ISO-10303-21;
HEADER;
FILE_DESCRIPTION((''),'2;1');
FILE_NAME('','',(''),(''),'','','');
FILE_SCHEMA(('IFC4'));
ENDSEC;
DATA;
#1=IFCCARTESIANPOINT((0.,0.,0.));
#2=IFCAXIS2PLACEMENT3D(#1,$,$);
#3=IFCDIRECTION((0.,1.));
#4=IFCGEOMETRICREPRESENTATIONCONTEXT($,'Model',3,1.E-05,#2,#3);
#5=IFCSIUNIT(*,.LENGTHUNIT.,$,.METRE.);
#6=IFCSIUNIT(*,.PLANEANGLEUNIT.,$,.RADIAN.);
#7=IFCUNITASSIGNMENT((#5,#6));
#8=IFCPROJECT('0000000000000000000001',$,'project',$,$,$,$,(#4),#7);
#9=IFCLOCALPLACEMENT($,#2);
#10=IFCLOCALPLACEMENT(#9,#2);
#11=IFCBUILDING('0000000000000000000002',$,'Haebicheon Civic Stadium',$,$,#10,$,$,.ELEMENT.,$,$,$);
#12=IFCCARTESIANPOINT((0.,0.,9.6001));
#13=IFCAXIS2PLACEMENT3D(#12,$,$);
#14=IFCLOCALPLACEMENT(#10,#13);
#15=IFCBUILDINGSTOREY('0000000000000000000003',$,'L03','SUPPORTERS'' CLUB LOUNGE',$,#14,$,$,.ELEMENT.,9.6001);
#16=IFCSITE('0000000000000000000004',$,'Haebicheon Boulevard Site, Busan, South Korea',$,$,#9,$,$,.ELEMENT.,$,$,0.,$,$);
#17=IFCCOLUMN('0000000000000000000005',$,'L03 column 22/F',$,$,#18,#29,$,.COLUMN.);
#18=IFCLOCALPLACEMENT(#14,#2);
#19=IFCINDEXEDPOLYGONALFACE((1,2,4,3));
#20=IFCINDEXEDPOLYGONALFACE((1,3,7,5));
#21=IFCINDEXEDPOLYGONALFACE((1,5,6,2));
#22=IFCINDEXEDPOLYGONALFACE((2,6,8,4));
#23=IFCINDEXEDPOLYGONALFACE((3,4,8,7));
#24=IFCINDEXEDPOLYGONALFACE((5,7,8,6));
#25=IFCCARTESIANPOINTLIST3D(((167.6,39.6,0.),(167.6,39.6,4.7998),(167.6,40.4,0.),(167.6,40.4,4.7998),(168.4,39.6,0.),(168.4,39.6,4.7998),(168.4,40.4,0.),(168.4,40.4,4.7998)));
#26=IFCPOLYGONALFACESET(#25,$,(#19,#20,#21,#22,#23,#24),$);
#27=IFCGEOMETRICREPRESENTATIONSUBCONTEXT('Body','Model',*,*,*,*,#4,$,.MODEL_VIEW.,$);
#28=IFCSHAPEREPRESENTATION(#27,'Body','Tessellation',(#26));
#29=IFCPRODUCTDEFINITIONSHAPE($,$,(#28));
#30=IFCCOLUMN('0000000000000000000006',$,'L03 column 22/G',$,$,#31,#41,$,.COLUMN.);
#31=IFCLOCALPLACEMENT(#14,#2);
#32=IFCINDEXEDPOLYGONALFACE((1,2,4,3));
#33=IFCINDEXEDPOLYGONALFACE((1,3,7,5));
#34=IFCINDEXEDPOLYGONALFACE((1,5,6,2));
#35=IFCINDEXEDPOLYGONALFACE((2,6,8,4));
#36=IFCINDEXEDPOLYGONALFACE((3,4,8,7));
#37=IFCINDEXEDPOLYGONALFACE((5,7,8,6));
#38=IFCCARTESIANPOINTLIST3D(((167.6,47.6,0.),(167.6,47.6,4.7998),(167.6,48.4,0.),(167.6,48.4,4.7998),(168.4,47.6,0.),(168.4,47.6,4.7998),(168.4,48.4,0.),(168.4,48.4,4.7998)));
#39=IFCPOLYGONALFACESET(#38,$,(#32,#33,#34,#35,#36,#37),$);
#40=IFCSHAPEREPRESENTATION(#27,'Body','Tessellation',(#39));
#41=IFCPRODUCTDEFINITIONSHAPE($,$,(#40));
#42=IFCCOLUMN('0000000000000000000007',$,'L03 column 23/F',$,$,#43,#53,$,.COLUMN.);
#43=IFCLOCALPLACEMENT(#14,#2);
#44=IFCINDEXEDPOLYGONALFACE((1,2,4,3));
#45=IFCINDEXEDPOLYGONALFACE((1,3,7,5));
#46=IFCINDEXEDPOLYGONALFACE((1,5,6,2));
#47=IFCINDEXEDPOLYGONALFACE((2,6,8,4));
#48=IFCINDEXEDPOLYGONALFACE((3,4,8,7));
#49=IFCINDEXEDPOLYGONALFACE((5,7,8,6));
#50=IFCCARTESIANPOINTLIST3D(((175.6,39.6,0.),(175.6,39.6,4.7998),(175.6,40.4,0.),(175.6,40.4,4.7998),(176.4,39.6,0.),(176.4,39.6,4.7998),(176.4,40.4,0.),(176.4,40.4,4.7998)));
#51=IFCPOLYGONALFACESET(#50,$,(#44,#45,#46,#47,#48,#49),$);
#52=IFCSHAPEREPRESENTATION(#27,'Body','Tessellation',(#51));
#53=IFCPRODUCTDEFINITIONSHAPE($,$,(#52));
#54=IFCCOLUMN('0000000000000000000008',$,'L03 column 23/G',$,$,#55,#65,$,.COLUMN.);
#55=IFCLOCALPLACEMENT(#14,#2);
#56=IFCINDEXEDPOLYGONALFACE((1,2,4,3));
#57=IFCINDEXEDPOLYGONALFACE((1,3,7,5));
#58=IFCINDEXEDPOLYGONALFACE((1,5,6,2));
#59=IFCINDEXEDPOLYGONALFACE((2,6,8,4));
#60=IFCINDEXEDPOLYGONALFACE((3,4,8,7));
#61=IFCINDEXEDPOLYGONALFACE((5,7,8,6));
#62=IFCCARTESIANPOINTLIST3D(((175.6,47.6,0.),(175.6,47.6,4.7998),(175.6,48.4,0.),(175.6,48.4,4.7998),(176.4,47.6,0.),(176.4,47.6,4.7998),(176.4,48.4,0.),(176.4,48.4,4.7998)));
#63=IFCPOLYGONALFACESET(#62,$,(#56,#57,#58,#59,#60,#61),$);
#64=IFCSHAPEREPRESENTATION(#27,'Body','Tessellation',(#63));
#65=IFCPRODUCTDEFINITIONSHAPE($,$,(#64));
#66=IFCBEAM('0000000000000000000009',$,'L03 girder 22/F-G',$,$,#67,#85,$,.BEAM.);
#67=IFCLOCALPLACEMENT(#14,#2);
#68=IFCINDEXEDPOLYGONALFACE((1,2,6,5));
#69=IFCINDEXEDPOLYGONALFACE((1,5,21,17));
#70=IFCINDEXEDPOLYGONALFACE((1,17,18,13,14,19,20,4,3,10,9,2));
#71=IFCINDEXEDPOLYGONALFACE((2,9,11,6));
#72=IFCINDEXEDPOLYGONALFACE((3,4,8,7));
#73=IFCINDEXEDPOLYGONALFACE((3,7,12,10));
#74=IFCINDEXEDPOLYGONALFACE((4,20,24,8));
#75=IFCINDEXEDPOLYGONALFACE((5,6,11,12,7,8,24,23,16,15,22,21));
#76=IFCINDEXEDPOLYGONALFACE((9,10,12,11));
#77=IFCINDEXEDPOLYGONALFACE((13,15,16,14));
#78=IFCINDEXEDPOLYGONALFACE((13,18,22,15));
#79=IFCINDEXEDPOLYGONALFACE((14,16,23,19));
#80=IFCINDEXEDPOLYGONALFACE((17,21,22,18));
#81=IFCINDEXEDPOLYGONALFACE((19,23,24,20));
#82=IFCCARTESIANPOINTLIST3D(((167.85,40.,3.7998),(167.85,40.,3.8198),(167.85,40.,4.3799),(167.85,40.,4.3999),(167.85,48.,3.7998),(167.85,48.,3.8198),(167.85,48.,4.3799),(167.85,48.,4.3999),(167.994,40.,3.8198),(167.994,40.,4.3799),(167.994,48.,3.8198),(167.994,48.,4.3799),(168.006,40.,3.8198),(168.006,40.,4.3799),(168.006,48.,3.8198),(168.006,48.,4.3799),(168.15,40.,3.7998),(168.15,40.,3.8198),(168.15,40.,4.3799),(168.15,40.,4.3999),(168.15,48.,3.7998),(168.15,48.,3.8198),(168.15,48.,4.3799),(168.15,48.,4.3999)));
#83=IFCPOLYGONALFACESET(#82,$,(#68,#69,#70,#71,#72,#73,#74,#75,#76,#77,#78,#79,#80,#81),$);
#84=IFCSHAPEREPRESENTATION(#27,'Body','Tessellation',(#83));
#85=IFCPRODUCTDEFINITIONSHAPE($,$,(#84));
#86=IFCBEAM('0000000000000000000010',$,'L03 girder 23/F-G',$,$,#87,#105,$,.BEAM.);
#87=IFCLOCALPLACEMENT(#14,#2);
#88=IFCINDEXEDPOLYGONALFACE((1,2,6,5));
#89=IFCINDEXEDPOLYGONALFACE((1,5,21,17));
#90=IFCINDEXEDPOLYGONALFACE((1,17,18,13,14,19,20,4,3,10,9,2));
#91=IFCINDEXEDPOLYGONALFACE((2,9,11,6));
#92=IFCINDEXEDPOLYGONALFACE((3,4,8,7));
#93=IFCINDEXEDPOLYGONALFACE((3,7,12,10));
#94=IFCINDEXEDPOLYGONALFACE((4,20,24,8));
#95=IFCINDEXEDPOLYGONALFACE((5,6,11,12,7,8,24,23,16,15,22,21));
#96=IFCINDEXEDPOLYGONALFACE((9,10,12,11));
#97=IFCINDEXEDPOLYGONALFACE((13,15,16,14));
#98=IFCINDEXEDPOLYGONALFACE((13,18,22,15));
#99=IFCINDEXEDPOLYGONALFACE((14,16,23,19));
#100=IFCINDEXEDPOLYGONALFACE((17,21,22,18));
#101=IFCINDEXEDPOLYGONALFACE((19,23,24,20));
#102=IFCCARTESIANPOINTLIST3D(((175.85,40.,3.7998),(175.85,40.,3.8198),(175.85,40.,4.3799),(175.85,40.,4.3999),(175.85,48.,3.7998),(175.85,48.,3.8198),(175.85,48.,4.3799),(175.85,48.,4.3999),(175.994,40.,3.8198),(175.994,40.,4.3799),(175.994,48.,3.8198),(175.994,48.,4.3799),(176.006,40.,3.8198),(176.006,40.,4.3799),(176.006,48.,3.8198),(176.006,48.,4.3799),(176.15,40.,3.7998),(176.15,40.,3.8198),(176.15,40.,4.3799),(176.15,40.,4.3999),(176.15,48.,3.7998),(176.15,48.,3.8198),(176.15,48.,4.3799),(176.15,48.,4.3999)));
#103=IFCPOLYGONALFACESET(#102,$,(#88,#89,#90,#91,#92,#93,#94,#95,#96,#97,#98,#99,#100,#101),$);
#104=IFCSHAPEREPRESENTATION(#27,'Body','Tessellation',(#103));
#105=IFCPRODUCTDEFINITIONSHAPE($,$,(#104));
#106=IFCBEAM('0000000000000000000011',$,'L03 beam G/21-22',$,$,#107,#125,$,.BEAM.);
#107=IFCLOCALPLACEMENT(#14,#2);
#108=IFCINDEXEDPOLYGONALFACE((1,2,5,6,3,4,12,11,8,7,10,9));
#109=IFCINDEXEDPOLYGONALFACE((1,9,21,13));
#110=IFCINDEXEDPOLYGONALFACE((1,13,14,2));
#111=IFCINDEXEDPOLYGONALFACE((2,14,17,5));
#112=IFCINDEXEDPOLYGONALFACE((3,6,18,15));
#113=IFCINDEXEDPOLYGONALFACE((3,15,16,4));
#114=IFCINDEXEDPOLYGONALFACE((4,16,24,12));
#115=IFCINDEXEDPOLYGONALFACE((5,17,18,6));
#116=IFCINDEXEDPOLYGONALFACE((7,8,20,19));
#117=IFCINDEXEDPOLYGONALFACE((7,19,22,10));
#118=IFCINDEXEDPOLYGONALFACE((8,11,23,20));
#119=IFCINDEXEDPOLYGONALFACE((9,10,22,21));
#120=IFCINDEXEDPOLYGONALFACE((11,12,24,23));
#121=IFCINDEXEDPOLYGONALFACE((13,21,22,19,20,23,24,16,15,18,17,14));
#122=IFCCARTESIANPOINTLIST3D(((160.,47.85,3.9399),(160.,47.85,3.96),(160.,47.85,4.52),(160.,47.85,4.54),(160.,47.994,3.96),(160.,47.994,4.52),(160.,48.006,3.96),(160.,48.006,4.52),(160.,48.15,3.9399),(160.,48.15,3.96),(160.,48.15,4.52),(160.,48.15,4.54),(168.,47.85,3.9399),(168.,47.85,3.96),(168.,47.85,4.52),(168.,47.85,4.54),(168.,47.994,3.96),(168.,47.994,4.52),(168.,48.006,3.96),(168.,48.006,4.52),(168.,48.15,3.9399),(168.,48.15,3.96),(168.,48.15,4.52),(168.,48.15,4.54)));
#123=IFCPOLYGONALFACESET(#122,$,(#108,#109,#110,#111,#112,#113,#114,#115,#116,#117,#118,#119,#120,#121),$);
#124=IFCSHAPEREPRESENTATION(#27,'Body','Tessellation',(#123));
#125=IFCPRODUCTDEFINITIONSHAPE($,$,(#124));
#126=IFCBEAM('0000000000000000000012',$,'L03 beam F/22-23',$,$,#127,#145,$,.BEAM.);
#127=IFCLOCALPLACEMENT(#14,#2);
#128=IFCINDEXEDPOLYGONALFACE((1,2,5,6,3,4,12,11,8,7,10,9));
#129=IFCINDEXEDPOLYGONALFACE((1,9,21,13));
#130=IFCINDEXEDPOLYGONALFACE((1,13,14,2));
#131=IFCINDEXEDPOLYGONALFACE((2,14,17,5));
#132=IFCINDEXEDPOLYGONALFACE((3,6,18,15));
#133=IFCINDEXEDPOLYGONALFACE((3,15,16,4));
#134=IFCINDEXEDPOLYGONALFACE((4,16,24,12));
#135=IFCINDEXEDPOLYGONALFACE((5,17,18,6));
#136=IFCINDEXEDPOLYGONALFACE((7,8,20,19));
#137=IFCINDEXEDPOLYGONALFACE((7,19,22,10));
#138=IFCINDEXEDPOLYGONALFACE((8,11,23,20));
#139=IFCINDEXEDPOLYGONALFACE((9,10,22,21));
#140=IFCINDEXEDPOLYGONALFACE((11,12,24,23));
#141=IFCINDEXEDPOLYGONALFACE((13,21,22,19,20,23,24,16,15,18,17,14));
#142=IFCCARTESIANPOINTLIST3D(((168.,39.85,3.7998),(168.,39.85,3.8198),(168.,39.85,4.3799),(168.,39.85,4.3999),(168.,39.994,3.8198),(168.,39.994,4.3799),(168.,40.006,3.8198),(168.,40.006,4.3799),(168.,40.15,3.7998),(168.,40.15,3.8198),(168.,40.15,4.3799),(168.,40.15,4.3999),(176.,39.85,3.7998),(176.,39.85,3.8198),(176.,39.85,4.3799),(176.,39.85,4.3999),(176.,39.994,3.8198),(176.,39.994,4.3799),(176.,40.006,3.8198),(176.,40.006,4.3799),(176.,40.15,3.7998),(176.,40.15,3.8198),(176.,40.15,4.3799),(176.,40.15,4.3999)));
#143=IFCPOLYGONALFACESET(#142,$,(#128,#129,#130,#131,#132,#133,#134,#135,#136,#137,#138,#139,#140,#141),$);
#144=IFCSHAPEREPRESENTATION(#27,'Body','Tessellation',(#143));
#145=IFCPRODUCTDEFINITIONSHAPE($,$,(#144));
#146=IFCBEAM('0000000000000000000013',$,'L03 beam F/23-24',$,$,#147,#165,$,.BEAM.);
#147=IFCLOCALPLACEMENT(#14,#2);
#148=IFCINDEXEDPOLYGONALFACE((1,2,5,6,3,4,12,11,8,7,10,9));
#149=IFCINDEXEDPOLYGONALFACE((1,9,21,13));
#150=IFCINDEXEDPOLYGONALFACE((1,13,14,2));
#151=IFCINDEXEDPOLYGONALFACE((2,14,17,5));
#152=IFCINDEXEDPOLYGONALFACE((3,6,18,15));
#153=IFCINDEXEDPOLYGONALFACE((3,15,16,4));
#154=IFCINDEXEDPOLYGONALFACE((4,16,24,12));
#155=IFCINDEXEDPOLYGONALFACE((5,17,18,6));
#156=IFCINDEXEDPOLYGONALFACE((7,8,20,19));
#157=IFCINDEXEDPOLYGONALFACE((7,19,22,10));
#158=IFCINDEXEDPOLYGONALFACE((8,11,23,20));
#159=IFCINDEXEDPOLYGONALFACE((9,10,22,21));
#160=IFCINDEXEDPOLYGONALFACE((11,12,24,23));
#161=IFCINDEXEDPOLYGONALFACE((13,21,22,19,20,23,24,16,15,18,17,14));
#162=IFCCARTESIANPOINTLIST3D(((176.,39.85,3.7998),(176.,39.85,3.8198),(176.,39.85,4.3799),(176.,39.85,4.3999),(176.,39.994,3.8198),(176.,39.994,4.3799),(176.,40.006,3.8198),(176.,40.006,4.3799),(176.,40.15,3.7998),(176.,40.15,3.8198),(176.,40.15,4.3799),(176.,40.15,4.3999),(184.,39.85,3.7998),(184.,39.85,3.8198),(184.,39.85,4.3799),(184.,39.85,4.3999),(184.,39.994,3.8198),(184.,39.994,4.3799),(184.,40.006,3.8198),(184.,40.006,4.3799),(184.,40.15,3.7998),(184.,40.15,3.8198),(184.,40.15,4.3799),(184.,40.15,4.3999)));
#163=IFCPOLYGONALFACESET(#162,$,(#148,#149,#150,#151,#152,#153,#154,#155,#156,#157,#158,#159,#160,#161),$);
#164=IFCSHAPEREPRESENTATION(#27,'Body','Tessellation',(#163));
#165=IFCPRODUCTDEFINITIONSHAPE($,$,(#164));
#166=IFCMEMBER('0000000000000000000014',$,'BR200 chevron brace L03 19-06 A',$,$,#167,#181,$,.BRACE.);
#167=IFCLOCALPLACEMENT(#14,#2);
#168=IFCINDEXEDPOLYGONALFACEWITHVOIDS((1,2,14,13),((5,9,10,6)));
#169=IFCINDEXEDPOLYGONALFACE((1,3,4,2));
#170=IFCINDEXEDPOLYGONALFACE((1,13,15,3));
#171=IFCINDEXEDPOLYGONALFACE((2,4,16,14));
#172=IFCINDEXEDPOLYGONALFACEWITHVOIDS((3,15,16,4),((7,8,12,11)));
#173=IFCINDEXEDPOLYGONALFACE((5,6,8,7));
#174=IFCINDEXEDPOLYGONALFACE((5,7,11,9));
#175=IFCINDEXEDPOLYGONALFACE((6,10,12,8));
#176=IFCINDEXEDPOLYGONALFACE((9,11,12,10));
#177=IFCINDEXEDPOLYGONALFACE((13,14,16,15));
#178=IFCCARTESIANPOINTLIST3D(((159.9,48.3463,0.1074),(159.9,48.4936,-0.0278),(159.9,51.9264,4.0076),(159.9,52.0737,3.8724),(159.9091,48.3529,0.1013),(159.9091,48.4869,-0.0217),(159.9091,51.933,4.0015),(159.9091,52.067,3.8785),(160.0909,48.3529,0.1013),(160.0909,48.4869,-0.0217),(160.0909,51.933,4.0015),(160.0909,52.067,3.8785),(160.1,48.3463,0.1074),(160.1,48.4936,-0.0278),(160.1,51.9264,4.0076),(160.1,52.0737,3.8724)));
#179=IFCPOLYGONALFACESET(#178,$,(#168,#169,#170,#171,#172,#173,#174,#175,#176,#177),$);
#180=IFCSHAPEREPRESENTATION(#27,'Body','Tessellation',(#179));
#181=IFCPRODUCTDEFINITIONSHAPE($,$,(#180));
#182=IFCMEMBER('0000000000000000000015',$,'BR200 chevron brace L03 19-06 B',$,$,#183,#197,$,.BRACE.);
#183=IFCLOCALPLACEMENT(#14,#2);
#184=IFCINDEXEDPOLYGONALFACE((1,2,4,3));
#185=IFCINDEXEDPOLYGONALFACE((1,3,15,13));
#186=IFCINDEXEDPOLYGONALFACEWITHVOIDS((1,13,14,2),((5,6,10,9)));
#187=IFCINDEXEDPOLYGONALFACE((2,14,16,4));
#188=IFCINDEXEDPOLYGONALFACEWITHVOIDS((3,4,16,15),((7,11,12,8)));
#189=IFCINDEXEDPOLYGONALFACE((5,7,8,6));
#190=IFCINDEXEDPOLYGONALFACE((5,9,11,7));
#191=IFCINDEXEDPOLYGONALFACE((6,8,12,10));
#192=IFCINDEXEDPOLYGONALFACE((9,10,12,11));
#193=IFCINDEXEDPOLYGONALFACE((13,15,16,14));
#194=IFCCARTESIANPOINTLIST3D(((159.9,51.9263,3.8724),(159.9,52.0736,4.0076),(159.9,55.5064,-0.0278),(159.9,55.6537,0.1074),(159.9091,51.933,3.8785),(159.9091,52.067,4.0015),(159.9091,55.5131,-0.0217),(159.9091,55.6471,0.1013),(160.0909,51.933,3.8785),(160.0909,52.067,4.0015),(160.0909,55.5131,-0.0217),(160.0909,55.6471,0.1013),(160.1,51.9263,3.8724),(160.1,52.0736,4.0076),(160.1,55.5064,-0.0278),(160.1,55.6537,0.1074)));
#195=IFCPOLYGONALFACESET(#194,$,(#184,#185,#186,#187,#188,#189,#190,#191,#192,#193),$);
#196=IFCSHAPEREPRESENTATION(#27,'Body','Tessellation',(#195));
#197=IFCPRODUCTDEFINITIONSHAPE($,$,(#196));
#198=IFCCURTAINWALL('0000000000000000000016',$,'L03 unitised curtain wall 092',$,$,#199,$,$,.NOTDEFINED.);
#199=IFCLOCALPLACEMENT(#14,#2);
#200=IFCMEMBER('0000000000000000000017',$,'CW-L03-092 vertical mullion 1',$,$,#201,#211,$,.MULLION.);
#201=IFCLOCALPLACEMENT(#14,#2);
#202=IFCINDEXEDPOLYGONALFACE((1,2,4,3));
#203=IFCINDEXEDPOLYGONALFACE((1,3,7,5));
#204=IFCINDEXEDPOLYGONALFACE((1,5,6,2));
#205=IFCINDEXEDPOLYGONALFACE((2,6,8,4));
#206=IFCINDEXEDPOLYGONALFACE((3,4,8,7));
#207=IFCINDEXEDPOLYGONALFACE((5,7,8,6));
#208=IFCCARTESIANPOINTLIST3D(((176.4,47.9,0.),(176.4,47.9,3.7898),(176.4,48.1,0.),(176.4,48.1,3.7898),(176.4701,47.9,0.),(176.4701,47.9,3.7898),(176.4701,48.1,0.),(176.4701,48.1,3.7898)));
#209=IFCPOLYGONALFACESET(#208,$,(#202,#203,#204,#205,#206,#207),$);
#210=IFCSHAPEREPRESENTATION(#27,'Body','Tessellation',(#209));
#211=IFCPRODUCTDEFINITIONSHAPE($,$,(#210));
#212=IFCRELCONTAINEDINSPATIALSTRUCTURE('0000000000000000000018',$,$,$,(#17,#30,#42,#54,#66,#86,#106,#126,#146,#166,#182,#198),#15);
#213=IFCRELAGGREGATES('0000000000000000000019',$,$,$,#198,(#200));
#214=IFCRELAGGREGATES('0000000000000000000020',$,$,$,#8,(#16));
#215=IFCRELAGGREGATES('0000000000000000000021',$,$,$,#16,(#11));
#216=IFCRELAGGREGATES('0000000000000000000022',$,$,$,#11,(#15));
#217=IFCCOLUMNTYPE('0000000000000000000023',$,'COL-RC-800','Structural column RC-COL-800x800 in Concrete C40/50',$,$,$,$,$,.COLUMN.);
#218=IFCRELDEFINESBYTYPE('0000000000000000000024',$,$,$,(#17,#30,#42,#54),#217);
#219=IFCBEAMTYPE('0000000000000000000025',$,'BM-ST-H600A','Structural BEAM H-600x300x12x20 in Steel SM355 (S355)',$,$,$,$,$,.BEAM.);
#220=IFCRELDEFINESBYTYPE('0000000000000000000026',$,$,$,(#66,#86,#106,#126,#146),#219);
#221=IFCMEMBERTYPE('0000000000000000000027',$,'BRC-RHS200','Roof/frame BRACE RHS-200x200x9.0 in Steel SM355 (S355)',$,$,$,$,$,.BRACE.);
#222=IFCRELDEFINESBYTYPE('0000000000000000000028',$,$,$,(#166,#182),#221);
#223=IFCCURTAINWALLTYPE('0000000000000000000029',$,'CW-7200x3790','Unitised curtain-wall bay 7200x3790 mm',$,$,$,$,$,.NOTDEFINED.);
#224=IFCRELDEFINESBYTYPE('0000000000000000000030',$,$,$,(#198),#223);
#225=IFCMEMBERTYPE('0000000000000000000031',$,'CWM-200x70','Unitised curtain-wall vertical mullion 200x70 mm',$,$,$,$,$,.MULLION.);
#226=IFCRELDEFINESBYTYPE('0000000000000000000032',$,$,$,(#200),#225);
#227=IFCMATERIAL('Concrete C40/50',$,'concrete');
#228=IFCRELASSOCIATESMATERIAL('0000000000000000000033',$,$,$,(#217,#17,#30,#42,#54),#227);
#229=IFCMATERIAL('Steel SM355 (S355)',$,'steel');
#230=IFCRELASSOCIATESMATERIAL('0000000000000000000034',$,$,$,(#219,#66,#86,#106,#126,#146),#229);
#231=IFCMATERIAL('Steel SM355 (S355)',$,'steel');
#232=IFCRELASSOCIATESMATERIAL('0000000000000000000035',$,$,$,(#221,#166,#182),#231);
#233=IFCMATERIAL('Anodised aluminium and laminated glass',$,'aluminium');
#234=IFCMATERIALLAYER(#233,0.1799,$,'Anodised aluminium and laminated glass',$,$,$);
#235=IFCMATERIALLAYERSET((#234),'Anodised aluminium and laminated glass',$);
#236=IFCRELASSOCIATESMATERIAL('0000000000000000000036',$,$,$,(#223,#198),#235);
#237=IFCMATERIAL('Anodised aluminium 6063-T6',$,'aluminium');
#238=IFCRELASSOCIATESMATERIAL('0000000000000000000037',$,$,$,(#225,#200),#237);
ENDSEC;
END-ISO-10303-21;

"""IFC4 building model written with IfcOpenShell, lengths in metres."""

from ifc_helpers import new_model, si_unit, direction, frame, origin, origin_2d, place, context, subcontext, project, spatial, rectangle, hollow_rectangle, i_section, extrude, material, layer, layer_set, material_profile, profile_set, type_object, element, aggregate, save


model = new_model("IFC4")

# Units and contexts
model_context = context("Model", 3, precision=1e-05, world=origin(), true_north=direction((0.0, 1.0)))
body_context = subcontext(model_context, "Body", "Model", "MODEL_VIEW")
ifc_project = project(units=[si_unit("LENGTHUNIT", "METRE"), si_unit("PLANEANGLEUNIT", "RADIAN")], contexts=[model_context])

# Site, building, storey
site_placement = place(None, origin())
site = spatial("IfcSite", under=ifc_project, at=site_placement, Name="Haebicheon Boulevard Site, Busan, South Korea", CompositionType="ELEMENT", RefElevation=0.0)
building_placement = place(site_placement, origin())
building = spatial("IfcBuilding", under=site, at=building_placement, Name="Haebicheon Civic Stadium", CompositionType="ELEMENT")
storey_placement = place(building_placement, frame((0.0, 0.0, 9.6001)))
storey = spatial("IfcBuildingStorey", under=building, at=storey_placement, Name="L03", Description="SUPPORTERS' CLUB LOUNGE", CompositionType="ELEMENT", Elevation=9.6001)

# Columns
ifc_material_1 = material(Name="Concrete C40/50", Category="concrete")
ifc_material_profile_1 = material_profile(ifc_material_1, rectangle(XDim=0.8, YDim=0.8, at=origin_2d()), Name="RC-COL-800x800")
ifc_profile_set_1 = profile_set([ifc_material_profile_1], Name="Concrete C40/50")
column_type = type_object("IfcColumnType", Name="COL-RC-800", Description="Structural column RC-COL-800x800 in Concrete C40/50", PredefinedType="COLUMN", material=ifc_profile_set_1)
for number, where, z_axis, x_axis, name in (
    (1, (168.0, 40.0, 0.0), (0.0, 0.0, 1.0), (1.0, 0.0, 0.0), "L03 column 22/F"),
    (2, (168.0, 48.0, 0.0), (0.0, 0.0, 1.0), (1.0, 0.0, 0.0), "L03 column 22/G"),
    (3, (176.0, 40.0, 0.0), (0.0, 0.0, 1.0), (1.0, 0.0, 0.0), "L03 column 23/F"),
    (4, (176.0, 48.0, 0.0), (0.0, 0.0, 1.0), (1.0, 0.0, 0.0), "L03 column 23/G"),
):
    element("IfcColumn", number, at=place(storey_placement, frame(where, z_axis=z_axis, x_axis=x_axis)), inside=storey, type_object=column_type, material=ifc_profile_set_1, Name=name, PredefinedType="COLUMN", context=body_context, shape_type="SweptSolid", body=[
        extrude(rectangle(XDim=0.8, YDim=0.8, at=origin_2d()), origin(), (0.0, 0.0, 1.0), 4.7998),
    ])

# Beams
ifc_material_2 = material(Name="Steel SM355 (S355)", Category="steel")
ifc_material_profile_2 = material_profile(ifc_material_2, i_section(OverallWidth=0.3, OverallDepth=0.6001, WebThickness=0.012, FlangeThickness=0.02, at=origin_2d()), Name="H-600x300x12x20")
ifc_profile_set_2 = profile_set([ifc_material_profile_2], Name="Steel SM355 (S355)")
beam_type_1 = type_object("IfcBeamType", Name="BM-ST-H600A", Description="Structural BEAM H-600x300x12x20 in Steel SM355 (S355)", PredefinedType="BEAM", material=ifc_profile_set_2)
for number, where, z_axis, x_axis, name in (
    (5, (168.0, 40.0, 4.0999), (0.0, 1.0, 0.0), (-1.0, 0.0, 0.0), "L03 girder 22/F-G"),
    (6, (176.0, 40.0, 4.0999), (0.0, 1.0, 0.0), (-1.0, 0.0, 0.0), "L03 girder 23/F-G"),
    (7, (160.0, 48.0, 4.24), (1.0, 0.0, 0.0), (0.0, 1.0, 0.0), "L03 beam G/21-22"),
    (8, (168.0, 40.0, 4.0999), (1.0, 0.0, 0.0), (0.0, 1.0, 0.0), "L03 beam F/22-23"),
    (9, (176.0, 40.0, 4.0999), (1.0, 0.0, 0.0), (0.0, 1.0, 0.0), "L03 beam F/23-24"),
):
    element("IfcBeam", number, at=place(storey_placement, frame(where, z_axis=z_axis, x_axis=x_axis)), inside=storey, type_object=beam_type_1, material=ifc_profile_set_2, Name=name, PredefinedType="BEAM", context=body_context, shape_type="SweptSolid", body=[
        extrude(i_section(OverallWidth=0.3, OverallDepth=0.6001, WebThickness=0.012, FlangeThickness=0.02, at=origin_2d()), origin(), (0.0, 0.0, 1.0), 8.0),
    ])

# Members
ifc_material_3 = material(Name="Steel SM355 (S355)", Category="steel")
ifc_material_profile_3 = material_profile(ifc_material_3, hollow_rectangle(XDim=0.2, YDim=0.2, WallThickness=0.009, at=origin_2d()), Name="RHS-200x200x9.0")
ifc_profile_set_3 = profile_set([ifc_material_profile_3], Name="Steel SM355 (S355)")
member_type_1 = type_object("IfcMemberType", Name="BRC-RHS200", Description="Roof/frame BRACE RHS-200x200x9.0 in Steel SM355 (S355)", PredefinedType="BRACE", material=ifc_profile_set_3)
for number, where, z_axis, x_axis, name in (
    (10, (160.0, 48.4199, 0.0398), (0.0, 0.676232, 0.736689), (-1.0, 0.0, 0.0), "BR200 chevron brace L03 19-06 A"),
    (11, (160.0, 55.5801, 0.0398), (0.0, -0.676232, 0.736689), (1.0, 0.0, 0.0), "BR200 chevron brace L03 19-06 B"),
):
    element("IfcMember", number, at=place(storey_placement, frame(where, z_axis=z_axis, x_axis=x_axis)), inside=storey, type_object=member_type_1, material=ifc_profile_set_3, Name=name, PredefinedType="BRACE", context=body_context, shape_type="SweptSolid", body=[
        extrude(hollow_rectangle(XDim=0.2, YDim=0.2, WallThickness=0.009, at=origin_2d()), origin(), (0.0, 0.0, 1.0), 5.2942),
    ])

# Curtain wall, member
ifc_material_4 = material(Name="Anodised aluminium and laminated glass", Category="aluminium")
ifc_layer_1 = layer(ifc_material_4, 0.1799, Name="Anodised aluminium and laminated glass")
ifc_layer_set_1 = layer_set([ifc_layer_1], Name="Anodised aluminium and laminated glass")
curtain_wall_type = type_object("IfcCurtainWallType", Name="CW-7200x3790", Description="Unitised curtain-wall bay 7200x3790 mm", PredefinedType="NOTDEFINED", material=ifc_layer_set_1)
curtain_wall_placement = place(storey_placement, origin())
curtain_wall = element("IfcCurtainWall", 12, at=curtain_wall_placement, inside=storey, type_object=curtain_wall_type, material=ifc_layer_set_1, Name="L03 unitised curtain wall 092", PredefinedType="NOTDEFINED")
ifc_material_5 = material(Name="Anodised aluminium 6063-T6", Category="aluminium")
ifc_material_profile_4 = material_profile(ifc_material_5, rectangle(XDim=0.0701, YDim=0.2, at=origin_2d()), Name="ALU-MULL-70x200")
ifc_profile_set_4 = profile_set([ifc_material_profile_4], Name="Anodised aluminium 6063-T6")
member_type_2 = type_object("IfcMemberType", Name="CWM-200x70", Description="Unitised curtain-wall vertical mullion 200x70 mm", PredefinedType="MULLION", material=ifc_profile_set_4)
member_1_placement = place(storey_placement, frame((176.4351, 48.0, 0.0), z_axis=(0.0, 0.0, 1.0), x_axis=(1.0, 0.0, 0.0)))
member_1 = element("IfcMember", 13, at=member_1_placement, type_object=member_type_2, material=ifc_profile_set_4, Name="CW-L03-092 vertical mullion 1", PredefinedType="MULLION", context=body_context, shape_type="SweptSolid", body=[
    extrude(rectangle(XDim=0.0701, YDim=0.2, at=origin_2d()), origin(), (0.0, 0.0, 1.0), 3.7898),
])
aggregate(curtain_wall, [member_1])

save(model, "model.ifc")
